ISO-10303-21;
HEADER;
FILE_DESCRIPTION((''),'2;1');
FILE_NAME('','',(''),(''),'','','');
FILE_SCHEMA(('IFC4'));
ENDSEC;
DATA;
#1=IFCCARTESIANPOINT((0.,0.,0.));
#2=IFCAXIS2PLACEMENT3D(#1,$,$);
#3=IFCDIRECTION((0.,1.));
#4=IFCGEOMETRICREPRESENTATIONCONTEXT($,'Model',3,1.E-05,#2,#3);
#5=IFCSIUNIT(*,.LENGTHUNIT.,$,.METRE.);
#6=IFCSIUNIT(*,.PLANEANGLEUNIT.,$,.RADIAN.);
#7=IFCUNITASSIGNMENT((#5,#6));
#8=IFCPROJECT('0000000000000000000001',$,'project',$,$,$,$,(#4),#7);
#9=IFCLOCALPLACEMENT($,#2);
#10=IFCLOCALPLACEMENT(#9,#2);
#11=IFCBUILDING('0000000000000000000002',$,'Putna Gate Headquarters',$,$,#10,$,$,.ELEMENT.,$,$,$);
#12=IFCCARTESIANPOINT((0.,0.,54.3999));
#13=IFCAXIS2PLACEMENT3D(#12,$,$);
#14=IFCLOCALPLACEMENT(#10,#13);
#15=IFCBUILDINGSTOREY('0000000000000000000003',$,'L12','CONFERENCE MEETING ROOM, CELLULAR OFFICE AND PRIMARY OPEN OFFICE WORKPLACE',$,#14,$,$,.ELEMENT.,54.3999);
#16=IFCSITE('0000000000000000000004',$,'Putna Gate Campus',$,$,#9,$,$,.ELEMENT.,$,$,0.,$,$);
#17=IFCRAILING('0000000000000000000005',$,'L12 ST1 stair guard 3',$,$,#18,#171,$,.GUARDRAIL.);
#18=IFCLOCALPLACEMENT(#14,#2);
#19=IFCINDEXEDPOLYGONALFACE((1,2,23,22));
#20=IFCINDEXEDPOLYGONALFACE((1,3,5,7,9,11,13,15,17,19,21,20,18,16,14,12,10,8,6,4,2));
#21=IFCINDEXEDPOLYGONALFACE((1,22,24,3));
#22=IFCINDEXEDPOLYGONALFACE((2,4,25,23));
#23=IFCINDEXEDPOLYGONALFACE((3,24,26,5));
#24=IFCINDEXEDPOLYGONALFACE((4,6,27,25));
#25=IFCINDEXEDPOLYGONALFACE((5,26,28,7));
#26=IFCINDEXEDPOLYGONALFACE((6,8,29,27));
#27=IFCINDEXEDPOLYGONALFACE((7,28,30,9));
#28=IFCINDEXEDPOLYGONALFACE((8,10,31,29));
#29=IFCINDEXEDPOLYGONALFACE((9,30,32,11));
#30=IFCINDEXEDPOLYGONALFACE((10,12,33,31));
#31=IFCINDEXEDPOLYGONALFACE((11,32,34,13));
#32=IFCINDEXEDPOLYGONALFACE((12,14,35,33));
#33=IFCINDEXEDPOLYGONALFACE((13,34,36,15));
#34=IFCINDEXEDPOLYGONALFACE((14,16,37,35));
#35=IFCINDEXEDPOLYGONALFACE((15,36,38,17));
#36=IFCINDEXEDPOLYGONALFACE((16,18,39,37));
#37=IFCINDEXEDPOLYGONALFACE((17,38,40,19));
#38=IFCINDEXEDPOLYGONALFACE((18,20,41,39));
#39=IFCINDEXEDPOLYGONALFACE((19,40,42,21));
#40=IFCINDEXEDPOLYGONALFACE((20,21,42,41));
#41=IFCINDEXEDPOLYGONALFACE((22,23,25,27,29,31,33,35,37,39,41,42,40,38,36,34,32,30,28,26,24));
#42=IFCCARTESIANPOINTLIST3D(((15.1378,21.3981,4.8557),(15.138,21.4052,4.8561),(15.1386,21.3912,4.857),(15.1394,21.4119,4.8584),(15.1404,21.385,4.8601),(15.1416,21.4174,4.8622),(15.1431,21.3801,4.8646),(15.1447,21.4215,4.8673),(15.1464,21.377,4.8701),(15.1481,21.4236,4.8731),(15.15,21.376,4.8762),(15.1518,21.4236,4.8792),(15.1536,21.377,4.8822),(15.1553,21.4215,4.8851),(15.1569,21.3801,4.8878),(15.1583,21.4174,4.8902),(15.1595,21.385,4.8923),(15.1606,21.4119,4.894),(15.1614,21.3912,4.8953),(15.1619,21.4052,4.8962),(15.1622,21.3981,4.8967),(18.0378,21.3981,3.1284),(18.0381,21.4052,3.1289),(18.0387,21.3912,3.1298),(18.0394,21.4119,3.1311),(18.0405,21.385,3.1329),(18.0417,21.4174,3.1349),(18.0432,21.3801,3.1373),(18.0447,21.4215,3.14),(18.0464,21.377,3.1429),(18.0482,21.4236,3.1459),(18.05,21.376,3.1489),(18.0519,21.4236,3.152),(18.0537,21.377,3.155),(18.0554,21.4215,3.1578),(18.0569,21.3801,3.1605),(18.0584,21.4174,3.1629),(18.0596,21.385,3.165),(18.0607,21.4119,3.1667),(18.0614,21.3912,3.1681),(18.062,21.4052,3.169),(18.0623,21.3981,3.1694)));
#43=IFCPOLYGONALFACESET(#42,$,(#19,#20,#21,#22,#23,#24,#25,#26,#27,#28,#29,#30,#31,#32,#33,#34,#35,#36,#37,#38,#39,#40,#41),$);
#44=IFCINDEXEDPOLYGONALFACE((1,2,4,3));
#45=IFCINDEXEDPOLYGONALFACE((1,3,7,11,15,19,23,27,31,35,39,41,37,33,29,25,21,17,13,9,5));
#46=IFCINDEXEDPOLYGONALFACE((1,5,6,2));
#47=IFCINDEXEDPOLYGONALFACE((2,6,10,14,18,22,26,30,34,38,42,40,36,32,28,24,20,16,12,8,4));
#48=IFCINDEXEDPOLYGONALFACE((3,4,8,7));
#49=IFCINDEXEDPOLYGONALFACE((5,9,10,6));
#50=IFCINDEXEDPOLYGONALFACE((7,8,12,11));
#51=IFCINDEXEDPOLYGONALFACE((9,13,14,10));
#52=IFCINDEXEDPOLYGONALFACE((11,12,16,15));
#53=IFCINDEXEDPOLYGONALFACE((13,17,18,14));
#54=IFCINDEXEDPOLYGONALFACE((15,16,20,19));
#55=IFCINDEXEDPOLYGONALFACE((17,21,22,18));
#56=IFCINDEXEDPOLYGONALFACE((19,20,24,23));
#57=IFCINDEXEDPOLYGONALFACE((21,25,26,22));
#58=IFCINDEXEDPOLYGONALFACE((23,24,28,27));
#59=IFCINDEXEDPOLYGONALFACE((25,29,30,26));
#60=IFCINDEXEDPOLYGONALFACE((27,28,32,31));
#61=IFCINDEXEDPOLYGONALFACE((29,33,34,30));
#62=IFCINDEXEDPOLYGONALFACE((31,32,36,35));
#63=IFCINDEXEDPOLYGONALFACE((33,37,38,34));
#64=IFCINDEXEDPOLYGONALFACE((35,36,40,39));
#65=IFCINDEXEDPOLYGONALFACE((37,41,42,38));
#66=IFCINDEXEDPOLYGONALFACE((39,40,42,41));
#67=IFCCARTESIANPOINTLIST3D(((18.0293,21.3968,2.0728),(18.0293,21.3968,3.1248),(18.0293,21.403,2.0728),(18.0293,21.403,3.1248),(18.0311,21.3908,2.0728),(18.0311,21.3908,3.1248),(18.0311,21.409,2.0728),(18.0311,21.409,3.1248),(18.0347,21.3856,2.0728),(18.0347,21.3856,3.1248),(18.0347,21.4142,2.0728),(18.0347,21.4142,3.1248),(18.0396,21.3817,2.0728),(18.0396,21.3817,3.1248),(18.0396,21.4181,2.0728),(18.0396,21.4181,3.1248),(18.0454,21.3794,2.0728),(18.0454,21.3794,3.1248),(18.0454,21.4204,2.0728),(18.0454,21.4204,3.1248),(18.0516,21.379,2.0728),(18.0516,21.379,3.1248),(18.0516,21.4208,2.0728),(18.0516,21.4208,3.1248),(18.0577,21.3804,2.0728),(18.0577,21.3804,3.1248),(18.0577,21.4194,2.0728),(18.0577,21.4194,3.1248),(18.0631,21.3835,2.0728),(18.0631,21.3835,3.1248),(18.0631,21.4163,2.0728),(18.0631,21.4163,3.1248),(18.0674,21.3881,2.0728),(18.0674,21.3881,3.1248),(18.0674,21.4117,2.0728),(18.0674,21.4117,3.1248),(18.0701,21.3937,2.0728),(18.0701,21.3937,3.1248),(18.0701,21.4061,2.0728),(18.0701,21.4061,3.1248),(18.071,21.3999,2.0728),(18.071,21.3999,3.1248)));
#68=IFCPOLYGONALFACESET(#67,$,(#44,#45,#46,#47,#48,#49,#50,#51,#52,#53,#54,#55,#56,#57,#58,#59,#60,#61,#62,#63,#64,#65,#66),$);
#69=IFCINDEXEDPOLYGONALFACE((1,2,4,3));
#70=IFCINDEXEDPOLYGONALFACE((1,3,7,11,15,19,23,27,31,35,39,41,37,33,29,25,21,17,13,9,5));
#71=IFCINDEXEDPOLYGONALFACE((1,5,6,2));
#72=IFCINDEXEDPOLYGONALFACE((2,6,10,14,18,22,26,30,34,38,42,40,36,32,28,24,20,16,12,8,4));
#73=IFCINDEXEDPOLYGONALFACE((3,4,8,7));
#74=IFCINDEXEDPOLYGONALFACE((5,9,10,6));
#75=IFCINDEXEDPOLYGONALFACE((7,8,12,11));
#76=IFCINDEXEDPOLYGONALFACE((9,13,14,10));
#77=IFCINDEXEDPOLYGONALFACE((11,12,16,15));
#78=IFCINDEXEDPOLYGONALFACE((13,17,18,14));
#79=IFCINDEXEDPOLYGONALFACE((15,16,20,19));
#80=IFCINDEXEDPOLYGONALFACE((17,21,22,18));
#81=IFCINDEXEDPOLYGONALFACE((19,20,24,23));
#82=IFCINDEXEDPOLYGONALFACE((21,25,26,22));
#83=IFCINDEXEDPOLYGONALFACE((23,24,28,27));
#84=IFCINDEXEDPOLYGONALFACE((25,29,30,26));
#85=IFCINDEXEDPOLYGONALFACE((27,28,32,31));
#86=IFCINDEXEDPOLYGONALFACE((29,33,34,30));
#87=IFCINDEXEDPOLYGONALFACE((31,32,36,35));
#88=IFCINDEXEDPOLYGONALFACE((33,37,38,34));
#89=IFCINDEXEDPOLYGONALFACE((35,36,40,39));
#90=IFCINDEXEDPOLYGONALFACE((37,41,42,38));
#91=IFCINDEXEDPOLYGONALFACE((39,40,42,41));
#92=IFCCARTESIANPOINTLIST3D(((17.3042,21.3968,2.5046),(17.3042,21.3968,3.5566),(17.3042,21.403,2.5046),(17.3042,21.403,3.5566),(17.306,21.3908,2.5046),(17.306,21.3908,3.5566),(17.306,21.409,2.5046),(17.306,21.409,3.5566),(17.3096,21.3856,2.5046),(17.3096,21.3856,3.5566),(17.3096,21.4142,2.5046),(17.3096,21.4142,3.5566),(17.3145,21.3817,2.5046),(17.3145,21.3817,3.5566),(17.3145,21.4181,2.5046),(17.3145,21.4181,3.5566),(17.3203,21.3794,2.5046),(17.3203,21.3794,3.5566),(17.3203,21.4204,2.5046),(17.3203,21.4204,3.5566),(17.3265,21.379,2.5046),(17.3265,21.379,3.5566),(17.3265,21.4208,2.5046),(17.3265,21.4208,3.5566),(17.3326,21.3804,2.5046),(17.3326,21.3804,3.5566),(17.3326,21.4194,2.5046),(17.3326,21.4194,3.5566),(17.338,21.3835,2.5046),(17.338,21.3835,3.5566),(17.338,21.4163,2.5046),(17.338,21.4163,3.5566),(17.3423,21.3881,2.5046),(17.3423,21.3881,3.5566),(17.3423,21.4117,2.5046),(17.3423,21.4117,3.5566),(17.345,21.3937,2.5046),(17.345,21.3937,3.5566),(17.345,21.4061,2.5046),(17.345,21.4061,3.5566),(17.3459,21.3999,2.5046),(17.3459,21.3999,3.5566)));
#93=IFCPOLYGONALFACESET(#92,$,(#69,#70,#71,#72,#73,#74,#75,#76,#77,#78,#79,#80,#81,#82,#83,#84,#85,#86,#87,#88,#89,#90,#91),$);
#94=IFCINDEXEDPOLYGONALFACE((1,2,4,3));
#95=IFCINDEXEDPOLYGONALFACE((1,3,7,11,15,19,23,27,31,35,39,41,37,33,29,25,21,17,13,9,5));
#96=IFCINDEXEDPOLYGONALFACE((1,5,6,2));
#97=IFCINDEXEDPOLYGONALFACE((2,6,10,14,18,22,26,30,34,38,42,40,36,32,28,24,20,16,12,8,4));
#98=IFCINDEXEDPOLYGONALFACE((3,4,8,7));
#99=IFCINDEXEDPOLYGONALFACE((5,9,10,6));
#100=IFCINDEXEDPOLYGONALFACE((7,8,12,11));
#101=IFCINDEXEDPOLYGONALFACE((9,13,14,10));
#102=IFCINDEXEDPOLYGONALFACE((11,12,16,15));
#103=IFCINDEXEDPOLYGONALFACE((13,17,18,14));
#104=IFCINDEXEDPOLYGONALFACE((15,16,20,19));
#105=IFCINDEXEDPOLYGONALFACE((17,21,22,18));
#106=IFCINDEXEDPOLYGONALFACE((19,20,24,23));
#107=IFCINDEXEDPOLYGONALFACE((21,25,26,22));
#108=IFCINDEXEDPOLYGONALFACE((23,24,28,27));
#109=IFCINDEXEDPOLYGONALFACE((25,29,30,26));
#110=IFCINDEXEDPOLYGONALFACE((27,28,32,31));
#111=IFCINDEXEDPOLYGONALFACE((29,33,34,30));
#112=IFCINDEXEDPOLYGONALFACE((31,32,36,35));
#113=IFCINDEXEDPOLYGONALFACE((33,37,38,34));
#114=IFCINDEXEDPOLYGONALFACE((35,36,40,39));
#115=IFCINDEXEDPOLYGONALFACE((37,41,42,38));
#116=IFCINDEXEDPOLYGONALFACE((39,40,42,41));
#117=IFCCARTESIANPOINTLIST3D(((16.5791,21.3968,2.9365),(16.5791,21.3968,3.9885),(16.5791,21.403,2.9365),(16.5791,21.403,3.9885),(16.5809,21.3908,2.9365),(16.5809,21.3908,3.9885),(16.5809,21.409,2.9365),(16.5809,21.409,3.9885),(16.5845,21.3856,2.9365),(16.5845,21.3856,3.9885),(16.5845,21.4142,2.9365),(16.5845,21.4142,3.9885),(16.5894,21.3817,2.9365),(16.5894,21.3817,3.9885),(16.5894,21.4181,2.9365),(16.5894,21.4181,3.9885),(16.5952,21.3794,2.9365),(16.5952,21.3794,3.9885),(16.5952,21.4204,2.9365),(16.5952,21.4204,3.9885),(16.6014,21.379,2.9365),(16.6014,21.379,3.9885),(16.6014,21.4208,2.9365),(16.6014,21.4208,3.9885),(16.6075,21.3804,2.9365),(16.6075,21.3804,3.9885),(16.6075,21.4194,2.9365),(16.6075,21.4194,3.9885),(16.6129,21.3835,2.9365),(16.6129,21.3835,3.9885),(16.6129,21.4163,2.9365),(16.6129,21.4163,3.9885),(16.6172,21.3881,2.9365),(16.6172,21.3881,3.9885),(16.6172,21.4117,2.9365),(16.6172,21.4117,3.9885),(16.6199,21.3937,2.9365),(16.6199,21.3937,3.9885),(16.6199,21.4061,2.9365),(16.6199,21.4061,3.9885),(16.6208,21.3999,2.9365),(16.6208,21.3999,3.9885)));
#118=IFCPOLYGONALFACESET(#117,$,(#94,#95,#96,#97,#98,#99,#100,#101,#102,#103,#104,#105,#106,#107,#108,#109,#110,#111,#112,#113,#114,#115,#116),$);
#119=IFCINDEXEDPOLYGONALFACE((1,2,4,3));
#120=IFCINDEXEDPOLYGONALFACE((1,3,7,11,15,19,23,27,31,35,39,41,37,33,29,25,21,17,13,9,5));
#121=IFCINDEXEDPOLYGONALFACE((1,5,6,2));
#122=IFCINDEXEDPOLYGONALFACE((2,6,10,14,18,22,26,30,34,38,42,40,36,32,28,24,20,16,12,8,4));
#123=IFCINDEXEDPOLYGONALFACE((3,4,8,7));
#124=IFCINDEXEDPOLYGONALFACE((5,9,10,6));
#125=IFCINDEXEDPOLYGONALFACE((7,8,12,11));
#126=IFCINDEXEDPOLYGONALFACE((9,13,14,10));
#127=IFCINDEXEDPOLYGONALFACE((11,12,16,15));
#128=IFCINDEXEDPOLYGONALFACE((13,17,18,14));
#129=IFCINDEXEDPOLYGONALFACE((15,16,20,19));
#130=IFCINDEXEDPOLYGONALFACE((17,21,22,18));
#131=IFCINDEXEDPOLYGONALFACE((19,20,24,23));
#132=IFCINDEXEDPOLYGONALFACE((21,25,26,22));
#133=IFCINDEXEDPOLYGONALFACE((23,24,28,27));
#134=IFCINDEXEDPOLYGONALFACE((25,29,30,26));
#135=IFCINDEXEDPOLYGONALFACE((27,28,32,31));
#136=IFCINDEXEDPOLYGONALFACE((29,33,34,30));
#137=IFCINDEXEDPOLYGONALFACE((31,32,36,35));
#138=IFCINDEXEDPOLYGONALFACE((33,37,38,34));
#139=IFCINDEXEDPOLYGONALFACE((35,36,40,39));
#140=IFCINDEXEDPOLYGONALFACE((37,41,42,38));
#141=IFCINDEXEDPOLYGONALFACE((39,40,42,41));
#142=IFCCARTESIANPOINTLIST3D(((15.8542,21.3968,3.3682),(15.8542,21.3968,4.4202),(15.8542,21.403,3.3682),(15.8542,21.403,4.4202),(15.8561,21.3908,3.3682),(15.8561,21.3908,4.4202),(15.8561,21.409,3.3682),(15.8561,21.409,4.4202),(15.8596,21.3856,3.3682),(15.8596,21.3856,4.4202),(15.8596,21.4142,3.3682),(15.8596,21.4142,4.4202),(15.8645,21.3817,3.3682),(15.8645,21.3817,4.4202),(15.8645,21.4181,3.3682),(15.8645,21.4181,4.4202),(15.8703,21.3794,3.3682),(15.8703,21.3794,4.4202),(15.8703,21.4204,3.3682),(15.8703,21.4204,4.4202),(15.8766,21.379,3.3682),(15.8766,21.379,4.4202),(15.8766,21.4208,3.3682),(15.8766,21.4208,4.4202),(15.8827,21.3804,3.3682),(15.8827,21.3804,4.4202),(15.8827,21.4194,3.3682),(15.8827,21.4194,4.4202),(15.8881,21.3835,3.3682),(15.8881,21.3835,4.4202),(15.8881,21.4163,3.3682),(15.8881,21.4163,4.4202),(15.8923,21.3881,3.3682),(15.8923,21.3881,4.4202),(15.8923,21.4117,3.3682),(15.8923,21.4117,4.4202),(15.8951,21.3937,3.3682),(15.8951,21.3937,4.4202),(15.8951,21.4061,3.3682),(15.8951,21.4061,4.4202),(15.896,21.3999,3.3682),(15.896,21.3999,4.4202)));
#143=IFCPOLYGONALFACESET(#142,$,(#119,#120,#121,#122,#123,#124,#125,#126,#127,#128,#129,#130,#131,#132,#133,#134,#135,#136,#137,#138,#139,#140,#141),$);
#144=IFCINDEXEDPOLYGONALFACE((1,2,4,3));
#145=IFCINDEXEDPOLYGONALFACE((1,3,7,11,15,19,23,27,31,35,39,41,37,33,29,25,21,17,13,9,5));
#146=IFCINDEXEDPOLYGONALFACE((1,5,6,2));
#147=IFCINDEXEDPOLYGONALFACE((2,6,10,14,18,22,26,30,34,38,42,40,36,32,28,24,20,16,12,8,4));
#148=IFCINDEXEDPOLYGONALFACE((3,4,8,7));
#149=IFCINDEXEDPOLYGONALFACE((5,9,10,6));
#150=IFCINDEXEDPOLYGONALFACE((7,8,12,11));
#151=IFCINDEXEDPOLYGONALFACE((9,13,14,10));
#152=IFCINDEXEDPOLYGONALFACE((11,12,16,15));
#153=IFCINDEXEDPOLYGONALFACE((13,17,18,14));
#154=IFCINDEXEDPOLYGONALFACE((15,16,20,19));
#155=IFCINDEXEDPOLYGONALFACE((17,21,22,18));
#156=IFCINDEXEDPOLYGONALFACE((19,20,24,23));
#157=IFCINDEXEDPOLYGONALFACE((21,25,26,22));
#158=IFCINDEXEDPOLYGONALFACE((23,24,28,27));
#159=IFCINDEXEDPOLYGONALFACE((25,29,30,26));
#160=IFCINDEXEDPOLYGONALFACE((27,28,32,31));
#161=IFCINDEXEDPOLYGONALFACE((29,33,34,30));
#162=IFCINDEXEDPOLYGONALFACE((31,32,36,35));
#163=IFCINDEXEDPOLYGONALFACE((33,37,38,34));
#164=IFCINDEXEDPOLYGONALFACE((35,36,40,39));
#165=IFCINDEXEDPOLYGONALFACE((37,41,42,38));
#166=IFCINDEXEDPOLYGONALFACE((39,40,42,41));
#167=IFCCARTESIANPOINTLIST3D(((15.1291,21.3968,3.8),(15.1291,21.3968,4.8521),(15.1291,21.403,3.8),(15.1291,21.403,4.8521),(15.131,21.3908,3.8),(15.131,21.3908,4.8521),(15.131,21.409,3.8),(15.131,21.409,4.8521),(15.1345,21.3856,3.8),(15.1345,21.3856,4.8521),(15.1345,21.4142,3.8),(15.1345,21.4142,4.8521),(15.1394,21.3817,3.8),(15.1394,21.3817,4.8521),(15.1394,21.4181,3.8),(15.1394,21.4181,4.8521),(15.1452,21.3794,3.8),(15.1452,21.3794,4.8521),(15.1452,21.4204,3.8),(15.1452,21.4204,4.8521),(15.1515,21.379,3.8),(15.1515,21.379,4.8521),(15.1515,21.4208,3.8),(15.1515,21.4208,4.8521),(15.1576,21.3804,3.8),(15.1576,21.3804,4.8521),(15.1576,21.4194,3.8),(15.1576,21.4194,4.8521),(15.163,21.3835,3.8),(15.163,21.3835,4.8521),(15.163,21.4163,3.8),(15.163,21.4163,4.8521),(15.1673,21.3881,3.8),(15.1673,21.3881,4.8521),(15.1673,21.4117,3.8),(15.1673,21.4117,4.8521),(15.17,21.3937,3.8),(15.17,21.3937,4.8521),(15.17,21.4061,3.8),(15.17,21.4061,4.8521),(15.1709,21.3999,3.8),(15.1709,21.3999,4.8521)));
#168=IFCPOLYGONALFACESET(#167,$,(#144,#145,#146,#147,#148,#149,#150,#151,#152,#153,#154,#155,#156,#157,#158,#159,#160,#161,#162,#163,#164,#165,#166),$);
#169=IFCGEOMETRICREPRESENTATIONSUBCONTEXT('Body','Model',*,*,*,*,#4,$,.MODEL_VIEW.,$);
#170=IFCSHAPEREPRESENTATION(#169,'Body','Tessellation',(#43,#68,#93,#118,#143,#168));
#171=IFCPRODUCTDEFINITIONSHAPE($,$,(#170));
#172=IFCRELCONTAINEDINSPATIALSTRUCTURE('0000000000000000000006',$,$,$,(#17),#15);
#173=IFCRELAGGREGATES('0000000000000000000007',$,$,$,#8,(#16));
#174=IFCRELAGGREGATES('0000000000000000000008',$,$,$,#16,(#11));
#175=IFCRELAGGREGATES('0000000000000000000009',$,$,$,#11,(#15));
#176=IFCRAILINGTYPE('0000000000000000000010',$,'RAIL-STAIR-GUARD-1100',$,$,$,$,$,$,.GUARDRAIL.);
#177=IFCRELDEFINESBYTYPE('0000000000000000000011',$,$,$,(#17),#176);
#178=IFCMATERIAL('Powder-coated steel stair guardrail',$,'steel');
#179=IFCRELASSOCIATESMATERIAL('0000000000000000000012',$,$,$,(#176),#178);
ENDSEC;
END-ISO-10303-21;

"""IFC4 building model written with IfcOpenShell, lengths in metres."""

from ifc_helpers import new_model, si_unit, direction, frame, origin, origin_2d, place, context, subcontext, project, spatial, circle, extrude, material, type_object, element, save


model = new_model("IFC4")

# Units and contexts
model_context = context("Model", 3, precision=1e-05, world=origin(), true_north=direction((0.0, 1.0)))
body_context = subcontext(model_context, "Body", "Model", "MODEL_VIEW")
ifc_project = project(units=[si_unit("LENGTHUNIT", "METRE"), si_unit("PLANEANGLEUNIT", "RADIAN")], contexts=[model_context])

# Site, building, storey
site_placement = place(None, origin())
site = spatial("IfcSite", under=ifc_project, at=site_placement, Name="Putna Gate Campus", CompositionType="ELEMENT", RefElevation=0.0)
building_placement = place(site_placement, origin())
building = spatial("IfcBuilding", under=site, at=building_placement, Name="Putna Gate Headquarters", CompositionType="ELEMENT")
storey_placement = place(building_placement, frame((0.0, 0.0, 54.3999)))
storey = spatial("IfcBuildingStorey", under=building, at=storey_placement, Name="L12", Description="CONFERENCE MEETING ROOM, CELLULAR OFFICE AND PRIMARY OPEN OFFICE WORKPLACE", CompositionType="ELEMENT", Elevation=54.3999)

# Railing
ifc_material_1 = material(Name="Powder-coated steel stair guardrail", Category="steel")
railing_type_1 = type_object("IfcRailingType", Name="RAIL-STAIR-GUARD-1100", PredefinedType="GUARDRAIL", material=ifc_material_1)
railing_1_placement = place(storey_placement, frame((18.05, 21.3999, 2.0728)))
element("IfcRailing", 1, at=railing_1_placement, inside=storey, type_object=railing_type_1, Name="L12 ST1 stair guard 3", PredefinedType="GUARDRAIL", context=body_context, shape_type="SweptSolid", body=[
    extrude(circle(Radius=0.0239, at=origin_2d()), frame((0.0, 0.0, 1.0762), z_axis=(-0.85916, 0.0, 0.511706), x_axis=(0.0, -1.0, 0.0)), (0.0, 0.0, 1.0), 3.3755),
    extrude(circle(Radius=0.021, at=origin_2d()), origin(), (0.0, 0.0, 1.0), 1.052),
    extrude(circle(Radius=0.021, at=origin_2d()), frame((-0.7251, 0.0, 0.4319)), (0.0, 0.0, 1.0), 1.052),
    extrude(circle(Radius=0.021, at=origin_2d()), frame((-1.4502, 0.0, 0.8638)), (0.0, 0.0, 1.0), 1.052),
    extrude(circle(Radius=0.021, at=origin_2d()), frame((-2.175, 0.0, 1.2954)), (0.0, 0.0, 1.0), 1.052),
    extrude(circle(Radius=0.021, at=origin_2d()), frame((-2.9001, 0.0, 1.7273)), (0.0, 0.0, 1.0), 1.052),
])

save(model, "model.ifc")
